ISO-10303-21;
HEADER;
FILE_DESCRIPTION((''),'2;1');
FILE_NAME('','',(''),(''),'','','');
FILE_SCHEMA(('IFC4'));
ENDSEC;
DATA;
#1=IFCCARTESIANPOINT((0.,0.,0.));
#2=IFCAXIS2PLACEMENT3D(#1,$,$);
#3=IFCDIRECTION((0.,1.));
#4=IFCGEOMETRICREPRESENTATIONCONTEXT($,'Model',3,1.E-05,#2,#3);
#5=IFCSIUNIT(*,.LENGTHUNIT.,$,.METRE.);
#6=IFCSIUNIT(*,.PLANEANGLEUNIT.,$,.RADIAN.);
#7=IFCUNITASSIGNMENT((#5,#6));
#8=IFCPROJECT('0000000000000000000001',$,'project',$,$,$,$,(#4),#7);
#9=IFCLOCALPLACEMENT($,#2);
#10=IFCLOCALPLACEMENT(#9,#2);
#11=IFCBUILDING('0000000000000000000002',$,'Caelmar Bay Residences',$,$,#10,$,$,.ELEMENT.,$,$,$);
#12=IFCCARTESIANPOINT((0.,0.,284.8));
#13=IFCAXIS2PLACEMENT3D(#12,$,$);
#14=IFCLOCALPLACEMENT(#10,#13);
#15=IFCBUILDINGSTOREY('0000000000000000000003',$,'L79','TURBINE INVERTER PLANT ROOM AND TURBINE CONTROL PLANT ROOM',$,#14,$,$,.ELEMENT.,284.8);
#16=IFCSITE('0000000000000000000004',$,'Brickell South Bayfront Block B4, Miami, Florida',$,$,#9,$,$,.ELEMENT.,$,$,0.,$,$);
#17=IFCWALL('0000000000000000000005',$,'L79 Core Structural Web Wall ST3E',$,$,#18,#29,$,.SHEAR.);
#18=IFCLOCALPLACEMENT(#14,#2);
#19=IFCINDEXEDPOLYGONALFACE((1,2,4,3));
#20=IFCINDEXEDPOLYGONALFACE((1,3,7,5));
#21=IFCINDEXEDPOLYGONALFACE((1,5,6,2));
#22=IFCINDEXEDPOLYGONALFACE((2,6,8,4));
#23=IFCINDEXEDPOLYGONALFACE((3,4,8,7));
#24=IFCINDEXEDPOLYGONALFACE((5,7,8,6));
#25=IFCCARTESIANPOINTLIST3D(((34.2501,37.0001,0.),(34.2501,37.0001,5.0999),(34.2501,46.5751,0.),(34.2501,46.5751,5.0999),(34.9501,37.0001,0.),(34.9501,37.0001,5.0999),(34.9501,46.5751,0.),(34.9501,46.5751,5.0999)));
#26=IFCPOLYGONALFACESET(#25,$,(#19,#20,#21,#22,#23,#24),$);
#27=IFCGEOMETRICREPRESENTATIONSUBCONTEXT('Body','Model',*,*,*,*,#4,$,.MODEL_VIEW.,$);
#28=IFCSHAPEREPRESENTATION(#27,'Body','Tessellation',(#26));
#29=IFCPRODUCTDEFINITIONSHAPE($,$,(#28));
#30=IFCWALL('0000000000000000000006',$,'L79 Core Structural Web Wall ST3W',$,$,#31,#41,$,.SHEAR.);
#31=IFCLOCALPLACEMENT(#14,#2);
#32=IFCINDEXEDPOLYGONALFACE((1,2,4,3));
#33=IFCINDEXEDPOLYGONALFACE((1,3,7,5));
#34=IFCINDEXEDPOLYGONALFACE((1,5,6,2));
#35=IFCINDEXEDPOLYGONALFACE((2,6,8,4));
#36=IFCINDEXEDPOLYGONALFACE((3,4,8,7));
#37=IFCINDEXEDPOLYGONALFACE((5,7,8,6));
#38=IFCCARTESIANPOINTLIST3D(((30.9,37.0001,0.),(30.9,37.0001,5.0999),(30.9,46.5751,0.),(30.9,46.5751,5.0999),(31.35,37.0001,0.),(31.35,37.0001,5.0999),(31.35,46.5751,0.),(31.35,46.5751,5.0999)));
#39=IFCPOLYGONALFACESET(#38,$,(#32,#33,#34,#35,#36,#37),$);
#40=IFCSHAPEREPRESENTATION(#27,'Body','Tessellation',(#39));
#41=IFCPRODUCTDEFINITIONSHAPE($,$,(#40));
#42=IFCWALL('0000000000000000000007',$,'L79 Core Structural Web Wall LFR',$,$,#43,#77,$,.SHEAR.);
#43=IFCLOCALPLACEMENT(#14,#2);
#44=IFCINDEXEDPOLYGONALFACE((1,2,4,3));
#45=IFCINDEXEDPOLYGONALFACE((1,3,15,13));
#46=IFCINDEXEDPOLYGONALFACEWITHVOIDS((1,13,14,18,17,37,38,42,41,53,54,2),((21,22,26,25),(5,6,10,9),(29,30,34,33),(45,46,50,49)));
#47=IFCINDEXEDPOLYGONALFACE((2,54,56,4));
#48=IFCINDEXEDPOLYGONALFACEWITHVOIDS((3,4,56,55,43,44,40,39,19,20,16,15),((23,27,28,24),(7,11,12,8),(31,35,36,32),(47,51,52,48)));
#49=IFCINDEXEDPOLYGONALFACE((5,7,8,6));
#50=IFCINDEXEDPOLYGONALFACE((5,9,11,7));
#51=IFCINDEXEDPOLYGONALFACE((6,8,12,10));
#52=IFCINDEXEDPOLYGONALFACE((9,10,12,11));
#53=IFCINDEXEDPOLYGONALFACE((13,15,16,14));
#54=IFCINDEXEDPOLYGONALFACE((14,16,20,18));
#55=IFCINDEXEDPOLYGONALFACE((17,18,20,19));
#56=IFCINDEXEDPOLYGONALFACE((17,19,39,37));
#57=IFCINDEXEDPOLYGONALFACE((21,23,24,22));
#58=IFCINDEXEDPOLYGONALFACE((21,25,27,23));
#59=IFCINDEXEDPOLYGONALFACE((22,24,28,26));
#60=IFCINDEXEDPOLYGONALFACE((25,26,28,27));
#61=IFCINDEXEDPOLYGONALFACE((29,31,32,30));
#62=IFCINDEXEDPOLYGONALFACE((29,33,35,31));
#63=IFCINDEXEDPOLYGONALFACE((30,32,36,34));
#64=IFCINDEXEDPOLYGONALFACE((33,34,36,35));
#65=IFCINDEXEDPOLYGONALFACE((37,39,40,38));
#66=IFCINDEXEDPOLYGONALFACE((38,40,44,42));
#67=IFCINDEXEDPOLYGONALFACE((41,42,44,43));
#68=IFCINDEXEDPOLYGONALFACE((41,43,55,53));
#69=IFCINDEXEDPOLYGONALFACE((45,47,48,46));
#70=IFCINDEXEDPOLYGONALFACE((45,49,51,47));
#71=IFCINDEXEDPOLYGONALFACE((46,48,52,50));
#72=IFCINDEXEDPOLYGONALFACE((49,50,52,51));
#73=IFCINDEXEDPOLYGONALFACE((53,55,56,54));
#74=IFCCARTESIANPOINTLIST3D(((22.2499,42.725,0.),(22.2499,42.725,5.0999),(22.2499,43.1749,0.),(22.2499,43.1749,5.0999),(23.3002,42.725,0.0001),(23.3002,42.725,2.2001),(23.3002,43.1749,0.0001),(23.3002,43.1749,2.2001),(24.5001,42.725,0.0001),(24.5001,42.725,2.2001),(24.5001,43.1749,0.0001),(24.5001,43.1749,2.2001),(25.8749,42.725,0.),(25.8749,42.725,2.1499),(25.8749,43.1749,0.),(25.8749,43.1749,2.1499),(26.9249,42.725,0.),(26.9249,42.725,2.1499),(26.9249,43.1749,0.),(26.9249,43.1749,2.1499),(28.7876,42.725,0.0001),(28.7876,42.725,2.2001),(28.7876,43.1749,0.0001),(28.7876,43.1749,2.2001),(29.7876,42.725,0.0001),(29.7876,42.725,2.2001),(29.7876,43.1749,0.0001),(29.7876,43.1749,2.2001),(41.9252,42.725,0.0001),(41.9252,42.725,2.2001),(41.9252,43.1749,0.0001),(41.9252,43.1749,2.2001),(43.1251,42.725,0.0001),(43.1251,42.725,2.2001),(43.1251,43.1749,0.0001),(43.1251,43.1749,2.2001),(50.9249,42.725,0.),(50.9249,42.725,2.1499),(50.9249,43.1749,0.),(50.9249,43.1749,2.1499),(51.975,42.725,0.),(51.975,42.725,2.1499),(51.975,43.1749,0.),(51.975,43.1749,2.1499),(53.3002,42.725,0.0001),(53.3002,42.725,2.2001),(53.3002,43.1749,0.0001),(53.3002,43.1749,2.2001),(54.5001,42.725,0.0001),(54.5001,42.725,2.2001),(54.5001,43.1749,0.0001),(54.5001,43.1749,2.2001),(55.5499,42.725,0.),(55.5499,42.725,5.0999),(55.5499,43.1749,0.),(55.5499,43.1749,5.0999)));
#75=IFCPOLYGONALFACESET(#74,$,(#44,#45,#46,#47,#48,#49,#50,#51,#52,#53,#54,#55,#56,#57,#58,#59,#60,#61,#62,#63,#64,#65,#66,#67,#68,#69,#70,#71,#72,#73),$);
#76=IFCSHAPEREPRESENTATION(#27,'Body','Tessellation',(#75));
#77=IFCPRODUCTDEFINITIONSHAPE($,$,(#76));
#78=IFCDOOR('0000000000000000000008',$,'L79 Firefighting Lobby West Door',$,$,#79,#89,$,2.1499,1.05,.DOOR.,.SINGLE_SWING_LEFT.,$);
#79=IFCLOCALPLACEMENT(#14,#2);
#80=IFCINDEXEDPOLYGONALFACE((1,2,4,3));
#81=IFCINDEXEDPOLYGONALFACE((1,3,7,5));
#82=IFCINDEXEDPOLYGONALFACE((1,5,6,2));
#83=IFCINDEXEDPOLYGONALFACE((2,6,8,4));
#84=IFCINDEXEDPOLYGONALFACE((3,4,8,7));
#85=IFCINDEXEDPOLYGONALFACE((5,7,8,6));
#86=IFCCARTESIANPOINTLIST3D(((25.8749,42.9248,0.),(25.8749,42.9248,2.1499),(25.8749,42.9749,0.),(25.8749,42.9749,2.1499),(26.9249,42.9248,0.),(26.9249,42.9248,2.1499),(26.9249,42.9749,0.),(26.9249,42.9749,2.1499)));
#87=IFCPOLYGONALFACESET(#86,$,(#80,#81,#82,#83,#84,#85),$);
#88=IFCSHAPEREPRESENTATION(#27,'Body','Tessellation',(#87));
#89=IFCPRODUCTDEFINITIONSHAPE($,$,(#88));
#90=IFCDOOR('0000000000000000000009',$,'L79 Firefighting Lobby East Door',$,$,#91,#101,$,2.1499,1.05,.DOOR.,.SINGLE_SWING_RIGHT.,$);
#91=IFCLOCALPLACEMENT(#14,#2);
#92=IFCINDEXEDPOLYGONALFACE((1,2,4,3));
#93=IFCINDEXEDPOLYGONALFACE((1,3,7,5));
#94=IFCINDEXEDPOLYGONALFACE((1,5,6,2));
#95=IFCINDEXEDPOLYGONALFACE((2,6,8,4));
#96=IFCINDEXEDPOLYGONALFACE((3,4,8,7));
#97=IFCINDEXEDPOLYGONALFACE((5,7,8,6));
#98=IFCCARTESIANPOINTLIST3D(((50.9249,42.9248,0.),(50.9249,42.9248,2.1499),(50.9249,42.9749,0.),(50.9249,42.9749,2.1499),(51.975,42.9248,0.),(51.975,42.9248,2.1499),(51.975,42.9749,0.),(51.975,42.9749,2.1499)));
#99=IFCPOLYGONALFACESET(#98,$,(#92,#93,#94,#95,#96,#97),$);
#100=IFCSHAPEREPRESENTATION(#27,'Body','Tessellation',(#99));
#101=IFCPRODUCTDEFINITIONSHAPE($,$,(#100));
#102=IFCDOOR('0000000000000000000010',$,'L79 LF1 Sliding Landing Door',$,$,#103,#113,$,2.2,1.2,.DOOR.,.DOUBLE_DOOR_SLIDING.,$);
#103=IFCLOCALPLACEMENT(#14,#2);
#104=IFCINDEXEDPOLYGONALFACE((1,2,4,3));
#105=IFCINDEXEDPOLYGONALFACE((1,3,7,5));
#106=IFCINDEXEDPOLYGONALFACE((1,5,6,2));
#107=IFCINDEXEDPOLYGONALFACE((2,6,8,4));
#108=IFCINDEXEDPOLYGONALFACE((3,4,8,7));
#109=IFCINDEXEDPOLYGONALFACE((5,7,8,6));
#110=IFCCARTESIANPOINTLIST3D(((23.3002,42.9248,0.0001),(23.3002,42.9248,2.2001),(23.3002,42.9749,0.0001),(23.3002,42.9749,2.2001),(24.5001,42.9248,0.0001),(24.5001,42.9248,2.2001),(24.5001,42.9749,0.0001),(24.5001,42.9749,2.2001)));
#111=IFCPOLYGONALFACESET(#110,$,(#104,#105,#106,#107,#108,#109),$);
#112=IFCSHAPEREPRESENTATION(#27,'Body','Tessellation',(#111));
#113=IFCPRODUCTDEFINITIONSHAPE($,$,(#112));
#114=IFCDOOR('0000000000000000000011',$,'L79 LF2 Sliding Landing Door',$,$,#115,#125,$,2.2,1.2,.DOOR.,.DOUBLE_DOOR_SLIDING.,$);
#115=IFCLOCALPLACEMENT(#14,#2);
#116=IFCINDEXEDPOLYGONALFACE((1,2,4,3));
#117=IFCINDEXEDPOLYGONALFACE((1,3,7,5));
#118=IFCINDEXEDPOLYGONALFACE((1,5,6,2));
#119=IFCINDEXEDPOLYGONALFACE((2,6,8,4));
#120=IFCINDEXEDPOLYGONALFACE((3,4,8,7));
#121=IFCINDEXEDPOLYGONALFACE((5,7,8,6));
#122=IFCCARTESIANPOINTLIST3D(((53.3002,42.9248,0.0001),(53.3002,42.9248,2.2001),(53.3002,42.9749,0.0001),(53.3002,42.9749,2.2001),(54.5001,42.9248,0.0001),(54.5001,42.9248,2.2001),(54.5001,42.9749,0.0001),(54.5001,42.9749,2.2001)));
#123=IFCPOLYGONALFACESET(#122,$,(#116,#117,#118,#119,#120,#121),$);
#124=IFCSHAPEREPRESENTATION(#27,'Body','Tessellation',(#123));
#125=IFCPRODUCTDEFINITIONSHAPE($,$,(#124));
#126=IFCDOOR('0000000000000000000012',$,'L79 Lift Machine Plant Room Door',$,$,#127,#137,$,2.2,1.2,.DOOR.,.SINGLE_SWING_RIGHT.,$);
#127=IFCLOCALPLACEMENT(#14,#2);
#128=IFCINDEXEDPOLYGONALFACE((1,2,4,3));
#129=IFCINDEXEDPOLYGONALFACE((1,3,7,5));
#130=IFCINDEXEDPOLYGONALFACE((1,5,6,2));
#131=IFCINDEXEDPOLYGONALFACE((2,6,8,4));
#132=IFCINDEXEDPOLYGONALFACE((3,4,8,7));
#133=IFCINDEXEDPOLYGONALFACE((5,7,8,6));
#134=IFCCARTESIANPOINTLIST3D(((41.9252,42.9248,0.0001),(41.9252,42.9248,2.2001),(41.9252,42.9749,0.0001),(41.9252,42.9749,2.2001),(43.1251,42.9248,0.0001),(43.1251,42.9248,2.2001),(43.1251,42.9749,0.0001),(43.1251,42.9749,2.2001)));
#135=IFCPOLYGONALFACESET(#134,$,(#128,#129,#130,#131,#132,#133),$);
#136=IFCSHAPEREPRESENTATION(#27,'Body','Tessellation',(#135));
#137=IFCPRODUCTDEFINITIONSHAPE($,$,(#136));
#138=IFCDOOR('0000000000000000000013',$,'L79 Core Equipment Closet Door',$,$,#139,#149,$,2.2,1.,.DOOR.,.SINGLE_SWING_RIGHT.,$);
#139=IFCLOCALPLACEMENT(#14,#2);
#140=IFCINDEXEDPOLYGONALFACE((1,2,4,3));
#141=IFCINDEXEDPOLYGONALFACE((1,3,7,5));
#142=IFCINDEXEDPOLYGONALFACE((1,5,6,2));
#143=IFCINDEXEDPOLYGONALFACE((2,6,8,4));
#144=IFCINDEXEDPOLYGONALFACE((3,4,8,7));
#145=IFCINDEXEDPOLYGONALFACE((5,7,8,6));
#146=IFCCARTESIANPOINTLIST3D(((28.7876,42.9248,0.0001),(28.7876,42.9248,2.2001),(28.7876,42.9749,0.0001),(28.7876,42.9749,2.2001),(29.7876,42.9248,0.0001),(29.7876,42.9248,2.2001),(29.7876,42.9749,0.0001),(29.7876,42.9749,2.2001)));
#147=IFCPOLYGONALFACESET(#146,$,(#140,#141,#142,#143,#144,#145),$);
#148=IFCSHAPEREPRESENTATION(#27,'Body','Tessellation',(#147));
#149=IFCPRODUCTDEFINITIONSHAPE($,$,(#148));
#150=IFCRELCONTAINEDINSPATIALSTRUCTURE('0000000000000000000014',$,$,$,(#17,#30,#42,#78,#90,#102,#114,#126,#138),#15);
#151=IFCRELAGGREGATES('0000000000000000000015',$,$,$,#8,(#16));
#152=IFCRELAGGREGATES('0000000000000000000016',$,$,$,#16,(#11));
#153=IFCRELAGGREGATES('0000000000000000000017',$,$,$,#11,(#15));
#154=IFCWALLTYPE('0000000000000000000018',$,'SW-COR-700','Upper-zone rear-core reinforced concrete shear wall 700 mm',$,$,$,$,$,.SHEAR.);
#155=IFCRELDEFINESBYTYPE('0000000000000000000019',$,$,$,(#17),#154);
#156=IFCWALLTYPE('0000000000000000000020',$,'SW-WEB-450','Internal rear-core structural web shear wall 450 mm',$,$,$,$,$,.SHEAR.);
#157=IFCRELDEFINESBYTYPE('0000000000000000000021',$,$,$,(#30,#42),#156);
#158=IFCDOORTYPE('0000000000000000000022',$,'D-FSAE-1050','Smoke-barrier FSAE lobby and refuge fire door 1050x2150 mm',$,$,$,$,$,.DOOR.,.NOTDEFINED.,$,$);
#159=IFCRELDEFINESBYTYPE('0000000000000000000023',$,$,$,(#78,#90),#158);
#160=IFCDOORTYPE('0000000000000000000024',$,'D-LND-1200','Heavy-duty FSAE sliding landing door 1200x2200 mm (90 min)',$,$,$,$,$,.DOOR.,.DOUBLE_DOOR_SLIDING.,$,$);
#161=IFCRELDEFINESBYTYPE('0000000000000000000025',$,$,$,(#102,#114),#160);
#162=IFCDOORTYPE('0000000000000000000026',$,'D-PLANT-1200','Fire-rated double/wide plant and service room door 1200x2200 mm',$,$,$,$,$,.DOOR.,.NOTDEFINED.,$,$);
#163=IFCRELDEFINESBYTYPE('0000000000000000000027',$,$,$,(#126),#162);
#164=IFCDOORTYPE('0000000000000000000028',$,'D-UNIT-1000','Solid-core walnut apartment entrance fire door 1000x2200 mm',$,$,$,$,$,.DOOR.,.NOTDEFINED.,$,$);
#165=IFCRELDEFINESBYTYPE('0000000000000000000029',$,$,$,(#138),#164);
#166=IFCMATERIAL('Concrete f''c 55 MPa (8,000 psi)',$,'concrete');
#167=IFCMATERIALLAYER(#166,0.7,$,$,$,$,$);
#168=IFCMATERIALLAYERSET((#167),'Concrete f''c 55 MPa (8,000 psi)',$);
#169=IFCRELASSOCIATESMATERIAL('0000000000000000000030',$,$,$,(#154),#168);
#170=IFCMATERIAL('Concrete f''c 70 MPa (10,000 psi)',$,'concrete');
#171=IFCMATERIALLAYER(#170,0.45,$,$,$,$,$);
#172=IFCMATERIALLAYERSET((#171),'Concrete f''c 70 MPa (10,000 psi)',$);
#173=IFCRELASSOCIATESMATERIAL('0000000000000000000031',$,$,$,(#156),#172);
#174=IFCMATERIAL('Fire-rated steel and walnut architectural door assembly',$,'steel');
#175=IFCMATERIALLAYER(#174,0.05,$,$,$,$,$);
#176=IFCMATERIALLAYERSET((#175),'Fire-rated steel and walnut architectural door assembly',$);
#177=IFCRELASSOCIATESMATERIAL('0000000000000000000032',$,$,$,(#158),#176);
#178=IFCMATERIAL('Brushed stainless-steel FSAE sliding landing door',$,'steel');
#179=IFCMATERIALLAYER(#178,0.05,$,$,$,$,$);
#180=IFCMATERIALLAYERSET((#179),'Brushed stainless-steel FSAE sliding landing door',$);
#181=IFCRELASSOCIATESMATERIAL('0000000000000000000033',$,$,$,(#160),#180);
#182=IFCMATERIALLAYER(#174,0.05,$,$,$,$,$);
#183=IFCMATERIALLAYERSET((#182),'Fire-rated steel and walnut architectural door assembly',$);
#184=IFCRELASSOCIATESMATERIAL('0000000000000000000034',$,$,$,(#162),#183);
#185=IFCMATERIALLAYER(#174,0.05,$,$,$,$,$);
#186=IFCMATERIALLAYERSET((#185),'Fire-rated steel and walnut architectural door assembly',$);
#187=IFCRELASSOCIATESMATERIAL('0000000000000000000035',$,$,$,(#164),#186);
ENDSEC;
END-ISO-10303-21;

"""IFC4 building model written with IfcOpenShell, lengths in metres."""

from ifc_helpers import new_model, si_unit, direction, frame, frame_2d, origin, place, context, subcontext, project, spatial, rectangle, extrude, material, layer, layer_set, type_object, element, fill, save


model = new_model("IFC4")

# Units and contexts
model_context = context("Model", 3, precision=1e-05, world=origin(), true_north=direction((0.0, 1.0)))
body_context = subcontext(model_context, "Body", "Model", "MODEL_VIEW")
ifc_project = project(units=[si_unit("LENGTHUNIT", "METRE"), si_unit("PLANEANGLEUNIT", "RADIAN")], contexts=[model_context])

# Site, building, storey
site_placement = place(None, origin())
site = spatial("IfcSite", under=ifc_project, at=site_placement, Name="Brickell South Bayfront Block B4, Miami, Florida", CompositionType="ELEMENT", RefElevation=0.0)
building_placement = place(site_placement, origin())
building = spatial("IfcBuilding", under=site, at=building_placement, Name="Caelmar Bay Residences", CompositionType="ELEMENT")
storey_placement = place(building_placement, frame((0.0, 0.0, 284.8)))
storey = spatial("IfcBuildingStorey", under=building, at=storey_placement, Name="L79", Description="TURBINE INVERTER PLANT ROOM AND TURBINE CONTROL PLANT ROOM", CompositionType="ELEMENT", Elevation=284.8)

# Shared definitions
ifc_material_1 = material(Name="Concrete f'c 55 MPa (8,000 psi)", Category="concrete")
ifc_layer_1 = layer(ifc_material_1, 0.7)
ifc_layer_set_1 = layer_set([ifc_layer_1], Name="Concrete f'c 55 MPa (8,000 psi)")
wall_type_1 = type_object("IfcWallType", Name="SW-COR-700", Description="Upper-zone rear-core reinforced concrete shear wall 700 mm", PredefinedType="SHEAR", material=ifc_layer_set_1)
ifc_material_2 = material(Name="Fire-rated steel and walnut architectural door assembly", Category="steel")

# Walls
wall_1_placement = place(storey_placement, frame((34.6001, 37.0, 0.0), z_axis=(0.0, 0.0, 1.0), x_axis=(0.0, 1.0, 0.0)))
element("IfcWall", 1, at=wall_1_placement, inside=storey, type_object=wall_type_1, Name="L79 Core Structural Web Wall ST3E", PredefinedType="SHEAR", context=body_context, shape_type="SweptSolid", body=[
    extrude(rectangle(XDim=9.575, YDim=0.7, at=frame_2d((4.7876, 0.0))), origin(), (0.0, 0.0, 1.0), 5.0999),
])
ifc_material_3 = material(Name="Concrete f'c 70 MPa (10,000 psi)", Category="concrete")
ifc_layer_2 = layer(ifc_material_3, 0.45)
ifc_layer_set_2 = layer_set([ifc_layer_2], Name="Concrete f'c 70 MPa (10,000 psi)")
wall_type_2 = type_object("IfcWallType", Name="SW-WEB-450", Description="Internal rear-core structural web shear wall 450 mm", PredefinedType="SHEAR", material=ifc_layer_set_2)
wall_2_placement = place(storey_placement, frame((31.125, 37.0, 0.0), z_axis=(0.0, 0.0, 1.0), x_axis=(0.0, 1.0, 0.0)))
element("IfcWall", 2, at=wall_2_placement, inside=storey, type_object=wall_type_2, Name="L79 Core Structural Web Wall ST3W", PredefinedType="SHEAR", context=body_context, shape_type="SweptSolid", body=[
    extrude(rectangle(XDim=9.575, YDim=0.45, at=frame_2d((4.7876, 0.0))), origin(), (0.0, 0.0, 1.0), 5.0999),
])

# Wall, openings, doors
wall_3_placement = place(storey_placement, frame((22.25, 42.95, 0.0), z_axis=(0.0, 0.0, 1.0), x_axis=(1.0, 0.0, 0.0)))
wall_3 = element("IfcWall", 3, at=wall_3_placement, inside=storey, type_object=wall_type_2, Name="L79 Core Structural Web Wall LFR", PredefinedType="SHEAR", context=body_context, shape_type="SweptSolid", body=[
    extrude(rectangle(XDim=33.3, YDim=0.45, at=frame_2d((16.6499, 0.0))), origin(), (0.0, 0.0, 1.0), 5.0999),
])
opening_1_placement = place(wall_3_placement, frame((1.05, 0.0, 0.0)))
opening_1 = element("IfcOpeningElement", 4, at=opening_1_placement, cuts=wall_3, PredefinedType="OPENING", context=body_context, shape_type="SweptSolid", body=[
    extrude(rectangle(XDim=1.2, YDim=2.2, at=frame_2d((0.6001, 1.1001))), frame((0.0, 0.2349, 0.0), z_axis=(0.0, -1.0, 0.0), x_axis=(1.0, 0.0, 0.0)), (0.0, 0.0, 1.0), 0.47),
])
opening_2_placement = place(wall_3_placement, frame((31.05, 0.0, 0.0)))
opening_2 = element("IfcOpeningElement", 5, at=opening_2_placement, cuts=wall_3, PredefinedType="OPENING", context=body_context, shape_type="SweptSolid", body=[
    extrude(rectangle(XDim=1.2, YDim=2.2, at=frame_2d((0.6001, 1.1001))), frame((0.0, 0.2349, 0.0), z_axis=(0.0, -1.0, 0.0), x_axis=(1.0, 0.0, 0.0)), (0.0, 0.0, 1.0), 0.47),
])
opening_3_placement = place(wall_3_placement, frame((3.625, 0.0, 0.0)))
opening_3 = element("IfcOpeningElement", 6, at=opening_3_placement, cuts=wall_3, PredefinedType="OPENING", context=body_context, shape_type="SweptSolid", body=[
    extrude(rectangle(XDim=1.05, YDim=2.1499, at=frame_2d((0.5249, 1.075))), frame((0.0, 0.2349, 0.0), z_axis=(0.0, -1.0, 0.0), x_axis=(1.0, 0.0, 0.0)), (0.0, 0.0, 1.0), 0.47),
])
opening_4_placement = place(wall_3_placement, frame((28.675, 0.0, 0.0)))
opening_4 = element("IfcOpeningElement", 7, at=opening_4_placement, cuts=wall_3, PredefinedType="OPENING", context=body_context, shape_type="SweptSolid", body=[
    extrude(rectangle(XDim=1.05, YDim=2.1499, at=frame_2d((0.5249, 1.075))), frame((0.0, 0.2349, 0.0), z_axis=(0.0, -1.0, 0.0), x_axis=(1.0, 0.0, 0.0)), (0.0, 0.0, 1.0), 0.47),
])
opening_5_placement = place(wall_3_placement, frame((6.5376, 0.0, 0.0)))
opening_5 = element("IfcOpeningElement", 8, at=opening_5_placement, cuts=wall_3, PredefinedType="OPENING", context=body_context, shape_type="SweptSolid", body=[
    extrude(rectangle(XDim=1.0, YDim=2.2, at=frame_2d((0.5, 1.1001))), frame((0.0, 0.2349, 0.0), z_axis=(0.0, -1.0, 0.0), x_axis=(1.0, 0.0, 0.0)), (0.0, 0.0, 1.0), 0.47),
])
opening_6_placement = place(wall_3_placement, frame((19.675, 0.0, 0.0)))
opening_6 = element("IfcOpeningElement", 9, at=opening_6_placement, cuts=wall_3, PredefinedType="OPENING", context=body_context, shape_type="SweptSolid", body=[
    extrude(rectangle(XDim=1.2, YDim=2.2, at=frame_2d((0.6001, 1.1001))), frame((0.0, 0.2349, 0.0), z_axis=(0.0, -1.0, 0.0), x_axis=(1.0, 0.0, 0.0)), (0.0, 0.0, 1.0), 0.47),
])
ifc_layer_3 = layer(ifc_material_2, 0.05)
ifc_layer_set_3 = layer_set([ifc_layer_3], Name="Fire-rated steel and walnut architectural door assembly")
door_type_1 = type_object("IfcDoorType", Name="D-FSAE-1050", Description="Smoke-barrier FSAE lobby and refuge fire door 1050x2150 mm", OperationType="NOTDEFINED", PredefinedType="DOOR", material=ifc_layer_set_3)
door_1_placement = place(opening_3_placement, origin())
door_1 = element("IfcDoor", 10, at=door_1_placement, inside=storey, type_object=door_type_1, Name="L79 Firefighting Lobby West Door", OperationType="SINGLE_SWING_LEFT", OverallHeight=2.1499, OverallWidth=1.05, PredefinedType="DOOR", context=body_context, shape_type="SweptSolid", body=[
    extrude(rectangle(XDim=1.05, YDim=2.1499, at=frame_2d((0.5249, 1.075))), frame((0.0, 0.0249, 0.0), z_axis=(0.0, -1.0, 0.0), x_axis=(1.0, 0.0, 0.0)), (0.0, 0.0, 1.0), 0.05),
])
fill(opening_3, door_1)
door_2_placement = place(opening_4_placement, origin())
door_2 = element("IfcDoor", 11, at=door_2_placement, inside=storey, type_object=door_type_1, Name="L79 Firefighting Lobby East Door", OperationType="SINGLE_SWING_RIGHT", OverallHeight=2.1499, OverallWidth=1.05, PredefinedType="DOOR", context=body_context, shape_type="SweptSolid", body=[
    extrude(rectangle(XDim=1.05, YDim=2.1499, at=frame_2d((0.5249, 1.075))), frame((0.0, 0.0249, 0.0), z_axis=(0.0, -1.0, 0.0), x_axis=(1.0, 0.0, 0.0)), (0.0, 0.0, 1.0), 0.05),
])
fill(opening_4, door_2)
ifc_material_4 = material(Name="Brushed stainless-steel FSAE sliding landing door", Category="steel")
ifc_layer_4 = layer(ifc_material_4, 0.05)
ifc_layer_set_4 = layer_set([ifc_layer_4], Name="Brushed stainless-steel FSAE sliding landing door")
door_type_2 = type_object("IfcDoorType", Name="D-LND-1200", Description="Heavy-duty FSAE sliding landing door 1200x2200 mm (90 min)", OperationType="DOUBLE_DOOR_SLIDING", PredefinedType="DOOR", material=ifc_layer_set_4)
door_3_placement = place(opening_1_placement, origin())
door_3 = element("IfcDoor", 12, at=door_3_placement, inside=storey, type_object=door_type_2, Name="L79 LF1 Sliding Landing Door", OperationType="DOUBLE_DOOR_SLIDING", OverallHeight=2.2, OverallWidth=1.2, PredefinedType="DOOR", context=body_context, shape_type="SweptSolid", body=[
    extrude(rectangle(XDim=1.2, YDim=2.2, at=frame_2d((0.6001, 1.1001))), frame((0.0, 0.0249, 0.0), z_axis=(0.0, -1.0, 0.0), x_axis=(1.0, 0.0, 0.0)), (0.0, 0.0, 1.0), 0.05),
])
fill(opening_1, door_3)
door_4_placement = place(opening_2_placement, origin())
door_4 = element("IfcDoor", 13, at=door_4_placement, inside=storey, type_object=door_type_2, Name="L79 LF2 Sliding Landing Door", OperationType="DOUBLE_DOOR_SLIDING", OverallHeight=2.2, OverallWidth=1.2, PredefinedType="DOOR", context=body_context, shape_type="SweptSolid", body=[
    extrude(rectangle(XDim=1.2, YDim=2.2, at=frame_2d((0.6001, 1.1001))), frame((0.0, 0.0249, 0.0), z_axis=(0.0, -1.0, 0.0), x_axis=(1.0, 0.0, 0.0)), (0.0, 0.0, 1.0), 0.05),
])
fill(opening_2, door_4)
ifc_layer_5 = layer(ifc_material_2, 0.05)
ifc_layer_set_5 = layer_set([ifc_layer_5], Name="Fire-rated steel and walnut architectural door assembly")
door_type_3 = type_object("IfcDoorType", Name="D-PLANT-1200", Description="Fire-rated double/wide plant and service room door 1200x2200 mm", OperationType="NOTDEFINED", PredefinedType="DOOR", material=ifc_layer_set_5)
door_5_placement = place(opening_6_placement, origin())
door_5 = element("IfcDoor", 14, at=door_5_placement, inside=storey, type_object=door_type_3, Name="L79 Lift Machine Plant Room Door", OperationType="SINGLE_SWING_RIGHT", OverallHeight=2.2, OverallWidth=1.2, PredefinedType="DOOR", context=body_context, shape_type="SweptSolid", body=[
    extrude(rectangle(XDim=1.2, YDim=2.2, at=frame_2d((0.6001, 1.1001))), frame((0.0, 0.0249, 0.0), z_axis=(0.0, -1.0, 0.0), x_axis=(1.0, 0.0, 0.0)), (0.0, 0.0, 1.0), 0.05),
])
fill(opening_6, door_5)
ifc_layer_6 = layer(ifc_material_2, 0.05)
ifc_layer_set_6 = layer_set([ifc_layer_6], Name="Fire-rated steel and walnut architectural door assembly")
door_type_4 = type_object("IfcDoorType", Name="D-UNIT-1000", Description="Solid-core walnut apartment entrance fire door 1000x2200 mm", OperationType="NOTDEFINED", PredefinedType="DOOR", material=ifc_layer_set_6)
door_6_placement = place(opening_5_placement, origin())
door_6 = element("IfcDoor", 15, at=door_6_placement, inside=storey, type_object=door_type_4, Name="L79 Core Equipment Closet Door", OperationType="SINGLE_SWING_RIGHT", OverallHeight=2.2, OverallWidth=1.0, PredefinedType="DOOR", context=body_context, shape_type="SweptSolid", body=[
    extrude(rectangle(XDim=1.0, YDim=2.2, at=frame_2d((0.5, 1.1001))), frame((0.0, 0.0249, 0.0), z_axis=(0.0, -1.0, 0.0), x_axis=(1.0, 0.0, 0.0)), (0.0, 0.0, 1.0), 0.05),
])
fill(opening_5, door_6)

save(model, "model.ifc")
